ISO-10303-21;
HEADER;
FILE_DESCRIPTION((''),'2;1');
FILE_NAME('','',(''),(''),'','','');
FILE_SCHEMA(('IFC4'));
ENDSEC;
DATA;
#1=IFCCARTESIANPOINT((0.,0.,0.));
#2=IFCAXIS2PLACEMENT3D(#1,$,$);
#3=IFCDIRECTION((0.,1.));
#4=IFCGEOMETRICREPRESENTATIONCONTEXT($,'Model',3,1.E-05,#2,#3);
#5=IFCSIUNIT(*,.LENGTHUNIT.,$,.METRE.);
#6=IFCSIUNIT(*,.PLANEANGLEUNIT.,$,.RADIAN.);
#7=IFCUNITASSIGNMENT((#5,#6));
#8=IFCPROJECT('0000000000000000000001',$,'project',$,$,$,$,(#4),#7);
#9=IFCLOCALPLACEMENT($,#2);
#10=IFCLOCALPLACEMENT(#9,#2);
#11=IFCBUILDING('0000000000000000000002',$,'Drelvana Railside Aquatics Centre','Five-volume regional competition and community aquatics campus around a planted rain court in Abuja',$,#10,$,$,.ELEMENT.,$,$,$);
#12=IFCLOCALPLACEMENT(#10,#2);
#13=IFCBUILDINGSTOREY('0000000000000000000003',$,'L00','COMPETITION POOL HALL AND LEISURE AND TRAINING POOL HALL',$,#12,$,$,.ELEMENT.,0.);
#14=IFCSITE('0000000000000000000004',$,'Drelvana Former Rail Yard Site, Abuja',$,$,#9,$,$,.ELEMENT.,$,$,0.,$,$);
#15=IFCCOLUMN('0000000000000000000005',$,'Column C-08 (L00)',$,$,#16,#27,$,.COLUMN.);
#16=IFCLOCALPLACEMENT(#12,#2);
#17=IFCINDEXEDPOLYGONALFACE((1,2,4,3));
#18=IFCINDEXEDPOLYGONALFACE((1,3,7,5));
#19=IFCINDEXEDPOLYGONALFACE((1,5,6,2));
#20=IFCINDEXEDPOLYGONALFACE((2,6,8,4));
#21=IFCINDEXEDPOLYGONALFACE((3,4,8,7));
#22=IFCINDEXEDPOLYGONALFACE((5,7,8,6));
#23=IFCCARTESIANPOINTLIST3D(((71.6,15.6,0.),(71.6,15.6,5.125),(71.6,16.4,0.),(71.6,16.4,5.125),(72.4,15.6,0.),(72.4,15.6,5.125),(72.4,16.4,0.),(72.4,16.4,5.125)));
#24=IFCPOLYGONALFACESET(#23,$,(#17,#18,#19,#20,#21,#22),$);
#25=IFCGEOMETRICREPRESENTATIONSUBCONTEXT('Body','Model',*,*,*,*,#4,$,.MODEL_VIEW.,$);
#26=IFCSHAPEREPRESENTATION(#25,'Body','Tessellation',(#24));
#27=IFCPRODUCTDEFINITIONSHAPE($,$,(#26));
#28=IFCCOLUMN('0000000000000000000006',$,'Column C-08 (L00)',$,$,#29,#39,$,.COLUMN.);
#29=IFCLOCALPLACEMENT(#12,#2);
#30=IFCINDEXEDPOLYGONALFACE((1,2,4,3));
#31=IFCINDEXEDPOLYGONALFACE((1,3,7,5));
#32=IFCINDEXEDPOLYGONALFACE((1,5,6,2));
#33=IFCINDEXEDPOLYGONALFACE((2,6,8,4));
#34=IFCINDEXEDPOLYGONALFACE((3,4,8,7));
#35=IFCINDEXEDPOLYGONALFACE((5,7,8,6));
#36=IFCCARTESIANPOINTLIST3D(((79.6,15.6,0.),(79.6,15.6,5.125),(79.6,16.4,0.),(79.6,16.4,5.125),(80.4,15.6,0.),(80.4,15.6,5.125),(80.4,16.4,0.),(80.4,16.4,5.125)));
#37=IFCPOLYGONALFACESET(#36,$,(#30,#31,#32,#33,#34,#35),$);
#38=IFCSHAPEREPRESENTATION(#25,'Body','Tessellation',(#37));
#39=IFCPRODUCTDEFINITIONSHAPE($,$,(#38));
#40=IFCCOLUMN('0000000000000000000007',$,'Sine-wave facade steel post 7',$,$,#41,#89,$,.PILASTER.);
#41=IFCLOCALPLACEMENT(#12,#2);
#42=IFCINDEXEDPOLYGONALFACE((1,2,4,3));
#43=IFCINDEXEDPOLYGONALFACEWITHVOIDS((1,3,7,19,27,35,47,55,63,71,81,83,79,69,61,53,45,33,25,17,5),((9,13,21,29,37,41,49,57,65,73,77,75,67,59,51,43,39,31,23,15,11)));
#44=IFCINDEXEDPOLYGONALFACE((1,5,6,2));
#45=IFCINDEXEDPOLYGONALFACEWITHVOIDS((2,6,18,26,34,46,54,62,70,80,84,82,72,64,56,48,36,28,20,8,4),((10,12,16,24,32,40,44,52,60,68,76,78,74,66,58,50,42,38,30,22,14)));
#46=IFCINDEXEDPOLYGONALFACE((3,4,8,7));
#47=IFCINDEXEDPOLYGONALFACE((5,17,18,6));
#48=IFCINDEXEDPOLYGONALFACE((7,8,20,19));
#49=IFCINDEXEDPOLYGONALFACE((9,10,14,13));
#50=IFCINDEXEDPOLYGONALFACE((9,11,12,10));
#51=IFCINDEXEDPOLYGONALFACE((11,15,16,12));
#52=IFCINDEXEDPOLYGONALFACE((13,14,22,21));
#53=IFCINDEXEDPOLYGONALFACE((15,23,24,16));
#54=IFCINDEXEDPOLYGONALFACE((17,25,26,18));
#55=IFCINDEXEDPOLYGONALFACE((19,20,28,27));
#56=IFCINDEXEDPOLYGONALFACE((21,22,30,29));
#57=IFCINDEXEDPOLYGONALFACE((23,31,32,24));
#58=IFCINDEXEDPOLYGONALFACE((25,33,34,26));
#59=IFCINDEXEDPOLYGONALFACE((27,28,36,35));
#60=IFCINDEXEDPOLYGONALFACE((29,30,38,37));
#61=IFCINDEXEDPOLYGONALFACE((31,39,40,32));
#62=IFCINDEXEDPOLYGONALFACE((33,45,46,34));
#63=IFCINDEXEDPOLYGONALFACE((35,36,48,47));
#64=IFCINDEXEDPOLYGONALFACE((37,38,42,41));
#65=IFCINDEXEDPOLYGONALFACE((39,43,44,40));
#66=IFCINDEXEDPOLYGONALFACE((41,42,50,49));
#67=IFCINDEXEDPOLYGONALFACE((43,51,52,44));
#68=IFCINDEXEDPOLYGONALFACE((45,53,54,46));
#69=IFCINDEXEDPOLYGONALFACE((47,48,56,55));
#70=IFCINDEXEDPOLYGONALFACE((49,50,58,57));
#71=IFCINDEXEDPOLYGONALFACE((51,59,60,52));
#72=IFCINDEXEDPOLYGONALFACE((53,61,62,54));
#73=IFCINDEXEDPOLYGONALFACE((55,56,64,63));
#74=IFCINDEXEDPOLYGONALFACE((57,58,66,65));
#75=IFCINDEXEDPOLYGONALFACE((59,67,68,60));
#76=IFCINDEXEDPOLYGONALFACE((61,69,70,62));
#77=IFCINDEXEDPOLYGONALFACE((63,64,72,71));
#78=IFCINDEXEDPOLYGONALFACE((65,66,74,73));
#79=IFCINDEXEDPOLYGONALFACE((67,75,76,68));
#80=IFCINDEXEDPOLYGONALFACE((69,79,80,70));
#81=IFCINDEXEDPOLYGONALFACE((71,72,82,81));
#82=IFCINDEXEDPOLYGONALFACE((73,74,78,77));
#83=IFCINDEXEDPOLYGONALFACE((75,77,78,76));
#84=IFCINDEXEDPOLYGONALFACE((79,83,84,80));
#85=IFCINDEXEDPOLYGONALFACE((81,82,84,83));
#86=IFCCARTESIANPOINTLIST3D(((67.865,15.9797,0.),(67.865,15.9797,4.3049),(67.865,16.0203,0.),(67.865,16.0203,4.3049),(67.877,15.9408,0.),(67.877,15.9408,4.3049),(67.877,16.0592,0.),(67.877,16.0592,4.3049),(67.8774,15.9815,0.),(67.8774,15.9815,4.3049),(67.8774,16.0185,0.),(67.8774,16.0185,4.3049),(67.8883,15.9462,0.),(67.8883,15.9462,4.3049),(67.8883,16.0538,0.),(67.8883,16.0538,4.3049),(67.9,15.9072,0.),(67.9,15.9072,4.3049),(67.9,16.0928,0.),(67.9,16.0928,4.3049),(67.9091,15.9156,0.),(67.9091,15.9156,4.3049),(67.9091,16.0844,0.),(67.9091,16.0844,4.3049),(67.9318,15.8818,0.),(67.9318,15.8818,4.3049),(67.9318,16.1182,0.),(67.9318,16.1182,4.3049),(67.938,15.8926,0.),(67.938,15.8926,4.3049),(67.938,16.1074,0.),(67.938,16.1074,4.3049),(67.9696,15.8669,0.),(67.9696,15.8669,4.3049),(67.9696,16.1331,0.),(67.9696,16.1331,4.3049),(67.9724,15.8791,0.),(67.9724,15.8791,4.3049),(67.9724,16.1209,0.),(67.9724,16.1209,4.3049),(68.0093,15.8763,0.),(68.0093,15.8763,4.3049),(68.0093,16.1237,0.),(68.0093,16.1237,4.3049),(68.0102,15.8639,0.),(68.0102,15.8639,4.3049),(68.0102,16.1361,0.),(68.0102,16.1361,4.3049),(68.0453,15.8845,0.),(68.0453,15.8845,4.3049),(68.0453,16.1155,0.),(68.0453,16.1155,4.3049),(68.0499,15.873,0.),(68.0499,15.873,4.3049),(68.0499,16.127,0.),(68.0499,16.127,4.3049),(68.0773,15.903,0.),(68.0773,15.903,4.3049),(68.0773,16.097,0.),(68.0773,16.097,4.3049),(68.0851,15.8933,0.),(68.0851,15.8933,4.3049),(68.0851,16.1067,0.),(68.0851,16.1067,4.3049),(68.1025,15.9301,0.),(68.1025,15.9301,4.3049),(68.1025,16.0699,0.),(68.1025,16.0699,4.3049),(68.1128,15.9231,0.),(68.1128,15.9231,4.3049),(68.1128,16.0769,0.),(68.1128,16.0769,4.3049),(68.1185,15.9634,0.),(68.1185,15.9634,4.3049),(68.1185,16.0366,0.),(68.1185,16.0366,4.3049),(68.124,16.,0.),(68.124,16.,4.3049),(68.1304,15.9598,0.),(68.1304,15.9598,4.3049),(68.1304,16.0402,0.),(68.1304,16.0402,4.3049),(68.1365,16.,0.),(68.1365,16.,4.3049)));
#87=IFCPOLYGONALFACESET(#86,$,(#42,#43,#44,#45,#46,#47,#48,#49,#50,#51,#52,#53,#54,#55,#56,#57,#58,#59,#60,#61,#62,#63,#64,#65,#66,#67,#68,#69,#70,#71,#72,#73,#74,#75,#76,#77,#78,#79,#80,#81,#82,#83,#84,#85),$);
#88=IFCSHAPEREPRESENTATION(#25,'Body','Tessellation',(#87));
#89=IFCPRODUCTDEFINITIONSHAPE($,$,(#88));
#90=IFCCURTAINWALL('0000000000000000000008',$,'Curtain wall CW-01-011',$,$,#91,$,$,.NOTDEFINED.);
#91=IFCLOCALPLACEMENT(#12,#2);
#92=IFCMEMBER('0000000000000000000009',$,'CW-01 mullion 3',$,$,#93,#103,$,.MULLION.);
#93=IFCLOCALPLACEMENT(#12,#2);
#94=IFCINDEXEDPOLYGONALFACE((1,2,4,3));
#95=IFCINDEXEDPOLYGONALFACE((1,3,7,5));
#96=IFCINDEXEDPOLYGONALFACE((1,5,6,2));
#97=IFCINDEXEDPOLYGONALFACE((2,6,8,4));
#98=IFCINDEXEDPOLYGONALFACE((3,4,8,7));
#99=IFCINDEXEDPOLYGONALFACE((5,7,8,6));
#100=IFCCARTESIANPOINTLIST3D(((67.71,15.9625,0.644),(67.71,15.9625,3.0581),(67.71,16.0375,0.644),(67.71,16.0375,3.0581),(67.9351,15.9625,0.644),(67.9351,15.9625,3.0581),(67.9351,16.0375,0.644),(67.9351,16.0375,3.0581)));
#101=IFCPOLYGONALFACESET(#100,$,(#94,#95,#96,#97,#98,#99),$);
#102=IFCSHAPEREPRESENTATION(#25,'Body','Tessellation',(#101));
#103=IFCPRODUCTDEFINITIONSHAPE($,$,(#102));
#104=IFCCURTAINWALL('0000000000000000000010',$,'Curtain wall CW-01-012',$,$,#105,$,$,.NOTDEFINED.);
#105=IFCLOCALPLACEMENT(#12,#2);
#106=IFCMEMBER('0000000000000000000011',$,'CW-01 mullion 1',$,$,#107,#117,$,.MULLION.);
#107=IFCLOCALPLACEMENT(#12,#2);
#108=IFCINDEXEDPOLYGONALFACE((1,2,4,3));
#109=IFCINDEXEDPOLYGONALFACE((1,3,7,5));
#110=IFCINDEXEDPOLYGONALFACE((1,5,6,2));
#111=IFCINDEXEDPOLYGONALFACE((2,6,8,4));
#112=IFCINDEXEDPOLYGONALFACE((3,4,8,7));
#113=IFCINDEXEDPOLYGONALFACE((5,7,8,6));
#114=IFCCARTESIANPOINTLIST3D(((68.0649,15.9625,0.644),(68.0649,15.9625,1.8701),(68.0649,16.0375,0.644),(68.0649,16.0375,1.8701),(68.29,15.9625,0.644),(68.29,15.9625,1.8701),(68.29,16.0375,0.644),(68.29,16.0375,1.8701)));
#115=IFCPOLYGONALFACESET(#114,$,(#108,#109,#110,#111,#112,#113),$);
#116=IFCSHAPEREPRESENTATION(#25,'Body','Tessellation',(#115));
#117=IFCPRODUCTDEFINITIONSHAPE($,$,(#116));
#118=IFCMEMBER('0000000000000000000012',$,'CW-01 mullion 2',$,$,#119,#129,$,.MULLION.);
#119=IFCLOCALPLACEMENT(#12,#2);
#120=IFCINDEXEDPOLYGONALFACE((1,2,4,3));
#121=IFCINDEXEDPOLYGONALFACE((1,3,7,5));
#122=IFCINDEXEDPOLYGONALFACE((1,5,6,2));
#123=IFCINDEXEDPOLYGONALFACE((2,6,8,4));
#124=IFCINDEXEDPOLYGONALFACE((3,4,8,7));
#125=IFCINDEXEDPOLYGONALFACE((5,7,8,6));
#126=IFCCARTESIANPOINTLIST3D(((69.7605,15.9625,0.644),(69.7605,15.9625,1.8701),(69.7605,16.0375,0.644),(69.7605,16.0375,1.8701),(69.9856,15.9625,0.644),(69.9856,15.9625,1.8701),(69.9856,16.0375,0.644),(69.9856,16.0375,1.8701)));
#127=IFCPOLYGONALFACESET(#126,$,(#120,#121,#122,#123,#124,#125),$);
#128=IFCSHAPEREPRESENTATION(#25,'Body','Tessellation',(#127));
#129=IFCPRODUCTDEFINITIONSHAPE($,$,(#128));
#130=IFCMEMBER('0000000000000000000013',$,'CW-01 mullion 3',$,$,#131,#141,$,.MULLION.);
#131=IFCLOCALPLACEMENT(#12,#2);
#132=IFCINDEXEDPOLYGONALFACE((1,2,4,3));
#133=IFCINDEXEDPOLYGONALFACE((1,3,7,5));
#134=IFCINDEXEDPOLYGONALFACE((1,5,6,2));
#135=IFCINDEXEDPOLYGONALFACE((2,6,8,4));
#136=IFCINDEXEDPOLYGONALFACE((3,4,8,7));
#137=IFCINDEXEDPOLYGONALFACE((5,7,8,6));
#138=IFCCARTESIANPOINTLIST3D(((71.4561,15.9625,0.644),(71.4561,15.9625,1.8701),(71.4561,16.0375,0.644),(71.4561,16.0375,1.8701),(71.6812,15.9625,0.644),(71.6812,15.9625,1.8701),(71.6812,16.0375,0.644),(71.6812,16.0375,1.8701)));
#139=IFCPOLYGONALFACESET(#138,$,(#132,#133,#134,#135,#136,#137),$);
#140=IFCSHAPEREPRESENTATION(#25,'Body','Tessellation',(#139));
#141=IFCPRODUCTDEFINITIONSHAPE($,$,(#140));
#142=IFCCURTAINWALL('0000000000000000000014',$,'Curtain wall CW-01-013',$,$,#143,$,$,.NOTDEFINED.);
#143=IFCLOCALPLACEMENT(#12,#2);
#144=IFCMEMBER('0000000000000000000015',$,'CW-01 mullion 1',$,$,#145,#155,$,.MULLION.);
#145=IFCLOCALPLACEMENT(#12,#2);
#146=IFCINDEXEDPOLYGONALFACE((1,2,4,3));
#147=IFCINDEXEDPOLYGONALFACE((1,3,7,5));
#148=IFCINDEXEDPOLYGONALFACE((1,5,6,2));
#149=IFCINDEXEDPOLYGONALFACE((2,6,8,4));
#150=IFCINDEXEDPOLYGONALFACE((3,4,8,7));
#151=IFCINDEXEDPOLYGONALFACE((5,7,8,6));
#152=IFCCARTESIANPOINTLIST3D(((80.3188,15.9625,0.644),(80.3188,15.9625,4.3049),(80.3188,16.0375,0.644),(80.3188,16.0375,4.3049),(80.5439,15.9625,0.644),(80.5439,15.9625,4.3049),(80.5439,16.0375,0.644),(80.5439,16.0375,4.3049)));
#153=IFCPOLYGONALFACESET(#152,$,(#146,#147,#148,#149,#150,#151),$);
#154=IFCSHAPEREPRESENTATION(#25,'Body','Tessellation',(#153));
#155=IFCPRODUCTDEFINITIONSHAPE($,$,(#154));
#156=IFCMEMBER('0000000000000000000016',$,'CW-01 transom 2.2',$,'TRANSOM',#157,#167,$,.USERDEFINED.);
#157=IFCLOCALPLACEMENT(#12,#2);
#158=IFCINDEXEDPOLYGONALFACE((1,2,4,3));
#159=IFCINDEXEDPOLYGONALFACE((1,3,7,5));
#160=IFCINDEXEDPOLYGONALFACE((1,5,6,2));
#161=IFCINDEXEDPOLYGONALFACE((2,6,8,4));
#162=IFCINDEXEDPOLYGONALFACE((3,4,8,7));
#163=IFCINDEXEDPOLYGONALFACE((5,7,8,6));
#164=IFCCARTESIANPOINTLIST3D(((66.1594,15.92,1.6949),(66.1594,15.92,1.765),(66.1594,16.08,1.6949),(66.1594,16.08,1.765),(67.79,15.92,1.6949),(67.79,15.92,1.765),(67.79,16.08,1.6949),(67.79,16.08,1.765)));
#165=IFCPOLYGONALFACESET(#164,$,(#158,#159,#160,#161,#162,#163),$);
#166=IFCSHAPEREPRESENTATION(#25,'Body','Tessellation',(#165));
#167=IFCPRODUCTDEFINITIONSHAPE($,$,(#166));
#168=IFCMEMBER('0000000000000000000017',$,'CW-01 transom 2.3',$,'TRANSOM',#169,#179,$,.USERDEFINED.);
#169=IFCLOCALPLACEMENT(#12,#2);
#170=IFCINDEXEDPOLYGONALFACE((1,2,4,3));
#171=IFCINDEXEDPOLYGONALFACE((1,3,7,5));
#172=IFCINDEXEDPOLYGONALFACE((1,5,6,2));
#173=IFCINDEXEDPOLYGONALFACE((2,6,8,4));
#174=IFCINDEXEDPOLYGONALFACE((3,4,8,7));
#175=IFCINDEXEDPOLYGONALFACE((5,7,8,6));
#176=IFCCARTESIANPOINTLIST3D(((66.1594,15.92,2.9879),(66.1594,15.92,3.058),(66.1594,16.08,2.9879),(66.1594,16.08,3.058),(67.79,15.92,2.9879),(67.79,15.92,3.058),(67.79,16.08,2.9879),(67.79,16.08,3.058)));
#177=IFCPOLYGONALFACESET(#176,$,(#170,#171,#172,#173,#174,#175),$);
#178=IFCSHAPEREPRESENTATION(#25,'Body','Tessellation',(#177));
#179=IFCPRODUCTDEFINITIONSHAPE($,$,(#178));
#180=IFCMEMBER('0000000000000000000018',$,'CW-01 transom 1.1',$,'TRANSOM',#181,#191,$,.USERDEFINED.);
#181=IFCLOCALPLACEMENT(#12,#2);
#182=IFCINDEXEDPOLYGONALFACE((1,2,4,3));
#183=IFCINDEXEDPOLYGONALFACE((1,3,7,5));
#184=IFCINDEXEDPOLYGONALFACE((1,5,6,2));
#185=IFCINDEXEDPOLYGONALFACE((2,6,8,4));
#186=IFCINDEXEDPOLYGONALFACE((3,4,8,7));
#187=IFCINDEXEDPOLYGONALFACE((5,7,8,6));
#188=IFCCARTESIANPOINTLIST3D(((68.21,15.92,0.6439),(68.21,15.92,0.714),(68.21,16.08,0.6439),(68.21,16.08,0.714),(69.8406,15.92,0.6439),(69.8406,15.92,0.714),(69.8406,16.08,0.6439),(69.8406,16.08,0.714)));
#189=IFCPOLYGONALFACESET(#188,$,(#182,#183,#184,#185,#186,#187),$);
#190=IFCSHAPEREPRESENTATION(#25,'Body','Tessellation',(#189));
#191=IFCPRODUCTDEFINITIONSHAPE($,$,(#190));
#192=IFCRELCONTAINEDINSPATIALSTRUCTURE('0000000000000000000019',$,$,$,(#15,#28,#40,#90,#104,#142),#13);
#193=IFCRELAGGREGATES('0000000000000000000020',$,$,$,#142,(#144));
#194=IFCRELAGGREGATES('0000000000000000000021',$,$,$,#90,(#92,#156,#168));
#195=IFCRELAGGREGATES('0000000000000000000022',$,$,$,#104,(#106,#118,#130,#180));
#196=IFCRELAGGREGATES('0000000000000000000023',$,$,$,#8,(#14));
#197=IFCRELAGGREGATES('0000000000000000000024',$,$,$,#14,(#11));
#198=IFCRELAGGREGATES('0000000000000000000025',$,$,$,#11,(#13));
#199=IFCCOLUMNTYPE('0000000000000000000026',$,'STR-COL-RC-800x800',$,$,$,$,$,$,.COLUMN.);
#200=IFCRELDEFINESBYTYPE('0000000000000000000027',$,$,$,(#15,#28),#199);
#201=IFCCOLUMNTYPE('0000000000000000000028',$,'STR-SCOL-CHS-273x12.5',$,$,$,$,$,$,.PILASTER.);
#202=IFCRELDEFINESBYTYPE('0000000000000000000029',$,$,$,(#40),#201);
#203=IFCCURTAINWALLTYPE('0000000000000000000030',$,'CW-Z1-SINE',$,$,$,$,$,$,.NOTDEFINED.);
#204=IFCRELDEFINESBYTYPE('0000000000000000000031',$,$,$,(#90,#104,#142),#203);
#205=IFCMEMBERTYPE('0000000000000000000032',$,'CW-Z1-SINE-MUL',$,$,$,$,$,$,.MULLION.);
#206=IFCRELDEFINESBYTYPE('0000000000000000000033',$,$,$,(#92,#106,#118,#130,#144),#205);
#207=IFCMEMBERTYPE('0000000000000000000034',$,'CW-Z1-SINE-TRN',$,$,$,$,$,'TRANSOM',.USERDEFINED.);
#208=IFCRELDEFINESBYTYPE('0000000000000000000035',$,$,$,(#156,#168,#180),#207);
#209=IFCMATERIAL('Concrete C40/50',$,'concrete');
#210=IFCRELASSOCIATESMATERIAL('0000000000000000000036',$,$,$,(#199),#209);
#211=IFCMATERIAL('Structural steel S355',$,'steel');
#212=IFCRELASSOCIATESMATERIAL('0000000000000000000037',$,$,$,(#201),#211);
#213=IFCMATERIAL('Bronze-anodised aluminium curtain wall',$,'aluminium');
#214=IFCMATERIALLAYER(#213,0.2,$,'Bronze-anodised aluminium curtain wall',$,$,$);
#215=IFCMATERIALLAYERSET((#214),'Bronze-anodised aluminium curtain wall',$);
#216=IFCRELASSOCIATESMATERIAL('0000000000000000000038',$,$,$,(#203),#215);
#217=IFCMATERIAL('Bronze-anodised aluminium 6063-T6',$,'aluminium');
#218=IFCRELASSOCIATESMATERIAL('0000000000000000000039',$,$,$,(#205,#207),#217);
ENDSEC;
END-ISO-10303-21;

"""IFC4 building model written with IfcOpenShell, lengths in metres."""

from ifc_helpers import new_model, si_unit, direction, frame, origin, origin_2d, place, context, subcontext, project, spatial, rectangle, hollow_circle, extrude, material, layer, layer_set, material_profile, profile_set, type_object, element, aggregate, save


model = new_model("IFC4")

# Units and contexts
model_context = context("Model", 3, precision=1e-05, world=origin(), true_north=direction((0.0, 1.0)))
body_context = subcontext(model_context, "Body", "Model", "MODEL_VIEW")
ifc_project = project(units=[si_unit("LENGTHUNIT", "METRE"), si_unit("PLANEANGLEUNIT", "RADIAN")], contexts=[model_context])

# Site, building, storey
site_placement = place(None, origin())
site = spatial("IfcSite", under=ifc_project, at=site_placement, Name="Drelvana Former Rail Yard Site, Abuja", CompositionType="ELEMENT", RefElevation=0.0)
building_placement = place(site_placement, origin())
building = spatial("IfcBuilding", under=site, at=building_placement, Name="Drelvana Railside Aquatics Centre", Description="Five-volume regional competition and community aquatics campus around a planted rain court in Abuja", CompositionType="ELEMENT")
storey_placement = place(building_placement, origin())
storey = spatial("IfcBuildingStorey", under=building, at=storey_placement, Name="L00", Description="COMPETITION POOL HALL AND LEISURE AND TRAINING POOL HALL", CompositionType="ELEMENT", Elevation=0.0)

# Columns
ifc_material_1 = material(Name="Concrete C40/50", Category="concrete")
ifc_material_profile_1 = material_profile(ifc_material_1, rectangle(XDim=0.8, YDim=0.8, at=origin_2d()), Name="RC 800x800")
ifc_profile_set_1 = profile_set([ifc_material_profile_1], Name="Concrete C40/50")
column_type_1 = type_object("IfcColumnType", Name="STR-COL-RC-800x800", PredefinedType="COLUMN", material=ifc_profile_set_1)
for number, where, z_axis, x_axis, name in (
    (1, (72.0, 16.0, 0.0), (0.0, 0.0, 1.0), (1.0, 0.0, 0.0), "Column C-08 (L00)"),
    (2, (80.0, 16.0, 0.0), (0.0, 0.0, 1.0), (1.0, 0.0, 0.0), "Column C-08 (L00)"),
):
    element("IfcColumn", number, at=place(storey_placement, frame(where, z_axis=z_axis, x_axis=x_axis)), inside=storey, type_object=column_type_1, Name=name, PredefinedType="COLUMN", context=body_context, shape_type="SweptSolid", body=[
        extrude(rectangle(XDim=0.8, YDim=0.8, at=origin_2d()), origin(), (0.0, 0.0, 1.0), 5.125),
    ])
ifc_material_2 = material(Name="Structural steel S355", Category="steel")
ifc_material_profile_2 = material_profile(ifc_material_2, hollow_circle(Radius=0.1365, WallThickness=0.0125, at=origin_2d()), Name="CHS 273x12.5")
ifc_profile_set_2 = profile_set([ifc_material_profile_2], Name="Structural steel S355")
column_type_2 = type_object("IfcColumnType", Name="STR-SCOL-CHS-273x12.5", PredefinedType="PILASTER", material=ifc_profile_set_2)
column_placement = place(storey_placement, frame((68.0, 16.0, 0.0), z_axis=(0.0, 0.0, 1.0), x_axis=(1.0, 0.0, 0.0)))
element("IfcColumn", 3, at=column_placement, inside=storey, type_object=column_type_2, Name="Sine-wave facade steel post 7", PredefinedType="PILASTER", context=body_context, shape_type="SweptSolid", body=[
    extrude(hollow_circle(Radius=0.1365, WallThickness=0.0125, at=origin_2d()), origin(), (0.0, 0.0, 1.0), 4.3049),
])

# Curtain wall, member
ifc_material_3 = material(Name="Bronze-anodised aluminium curtain wall", Category="aluminium")
ifc_layer_1 = layer(ifc_material_3, 0.2, Name="Bronze-anodised aluminium curtain wall")
ifc_layer_set_1 = layer_set([ifc_layer_1], Name="Bronze-anodised aluminium curtain wall")
curtain_wall_type = type_object("IfcCurtainWallType", Name="CW-Z1-SINE", PredefinedType="NOTDEFINED", material=ifc_layer_set_1)
curtain_wall_1_placement = place(storey_placement, origin())
curtain_wall_1 = element("IfcCurtainWall", 4, at=curtain_wall_1_placement, inside=storey, type_object=curtain_wall_type, Name="Curtain wall CW-01-011", PredefinedType="NOTDEFINED")
ifc_material_4 = material(Name="Bronze-anodised aluminium 6063-T6", Category="aluminium")
ifc_material_profile_3 = material_profile(ifc_material_4, rectangle(XDim=0.075, YDim=0.2251, at=origin_2d()), Name="ALU-M 75x225")
ifc_profile_set_3 = profile_set([ifc_material_profile_3], Name="Bronze-anodised aluminium 6063-T6")
member_type_1 = type_object("IfcMemberType", Name="CW-Z1-SINE-MUL", PredefinedType="MULLION", material=ifc_profile_set_3)
member_1_placement = place(storey_placement, frame((67.8225, 16.0, 0.644), z_axis=(0.0, 0.0, 1.0), x_axis=(0.0, 1.0, 0.0)))
member_1 = element("IfcMember", 5, at=member_1_placement, type_object=member_type_1, Name="CW-01 mullion 3", PredefinedType="MULLION", context=body_context, shape_type="SweptSolid", body=[
    extrude(rectangle(XDim=0.075, YDim=0.2251, at=origin_2d()), origin(), (0.0, 0.0, 1.0), 2.4141),
])

# Curtain wall, members
curtain_wall_2_placement = place(storey_placement, origin())
curtain_wall_2 = element("IfcCurtainWall", 6, at=curtain_wall_2_placement, inside=storey, type_object=curtain_wall_type, Name="Curtain wall CW-01-012", PredefinedType="NOTDEFINED")
member_2_placement = place(storey_placement, frame((68.1775, 16.0, 0.644), z_axis=(0.0, 0.0, 1.0), x_axis=(0.0, 1.0, 0.0)))
member_2 = element("IfcMember", 7, at=member_2_placement, type_object=member_type_1, Name="CW-01 mullion 1", PredefinedType="MULLION", context=body_context, shape_type="SweptSolid", body=[
    extrude(rectangle(XDim=0.075, YDim=0.2251, at=origin_2d()), origin(), (0.0, 0.0, 1.0), 1.2261),
])
member_3_placement = place(storey_placement, frame((69.873, 16.0, 0.644), z_axis=(0.0, 0.0, 1.0), x_axis=(0.0, 1.0, 0.0)))
member_3 = element("IfcMember", 8, at=member_3_placement, type_object=member_type_1, Name="CW-01 mullion 2", PredefinedType="MULLION", context=body_context, shape_type="SweptSolid", body=[
    extrude(rectangle(XDim=0.075, YDim=0.2251, at=origin_2d()), origin(), (0.0, 0.0, 1.0), 1.2261),
])
member_4_placement = place(storey_placement, frame((71.5686, 16.0, 0.644), z_axis=(0.0, 0.0, 1.0), x_axis=(0.0, 1.0, 0.0)))
member_4 = element("IfcMember", 9, at=member_4_placement, type_object=member_type_1, Name="CW-01 mullion 3", PredefinedType="MULLION", context=body_context, shape_type="SweptSolid", body=[
    extrude(rectangle(XDim=0.075, YDim=0.2251, at=origin_2d()), origin(), (0.0, 0.0, 1.0), 1.2261),
])

# Curtain wall, member
curtain_wall_3_placement = place(storey_placement, origin())
curtain_wall_3 = element("IfcCurtainWall", 10, at=curtain_wall_3_placement, inside=storey, type_object=curtain_wall_type, Name="Curtain wall CW-01-013", PredefinedType="NOTDEFINED")
member_5_placement = place(storey_placement, frame((80.4314, 16.0, 0.644), z_axis=(0.0, 0.0, 1.0), x_axis=(0.0, 1.0, 0.0)))
member_5 = element("IfcMember", 11, at=member_5_placement, type_object=member_type_1, Name="CW-01 mullion 1", PredefinedType="MULLION", context=body_context, shape_type="SweptSolid", body=[
    extrude(rectangle(XDim=0.075, YDim=0.2251, at=origin_2d()), origin(), (0.0, 0.0, 1.0), 3.6609),
])

# Members
ifc_material_profile_4 = material_profile(ifc_material_4, rectangle(XDim=0.1599, YDim=0.0701, at=origin_2d()), Name="ALU-T 70x160")
ifc_profile_set_4 = profile_set([ifc_material_profile_4], Name="Bronze-anodised aluminium 6063-T6")
member_type_2 = type_object("IfcMemberType", Name="CW-Z1-SINE-TRN", ElementType="TRANSOM", PredefinedType="USERDEFINED", material=ifc_profile_set_4)
member_6_placement = place(storey_placement, frame((66.1594, 16.0, 1.73), z_axis=(1.0, 0.0, 0.0), x_axis=(0.0, 1.0, 0.0)))
member_6 = element("IfcMember", 12, at=member_6_placement, type_object=member_type_2, Name="CW-01 transom 2.2", ObjectType="TRANSOM", PredefinedType="USERDEFINED", context=body_context, shape_type="SweptSolid", body=[
    extrude(rectangle(XDim=0.1599, YDim=0.0701, at=origin_2d()), origin(), (0.0, 0.0, 1.0), 1.6306),
])
member_7_placement = place(storey_placement, frame((66.1594, 16.0, 3.0229), z_axis=(1.0, 0.0, 0.0), x_axis=(0.0, 1.0, 0.0)))
member_7 = element("IfcMember", 13, at=member_7_placement, type_object=member_type_2, Name="CW-01 transom 2.3", ObjectType="TRANSOM", PredefinedType="USERDEFINED", context=body_context, shape_type="SweptSolid", body=[
    extrude(rectangle(XDim=0.1599, YDim=0.0701, at=origin_2d()), origin(), (0.0, 0.0, 1.0), 1.6306),
])
member_8_placement = place(storey_placement, frame((68.21, 16.0, 0.679), z_axis=(1.0, 0.0, 0.0), x_axis=(0.0, 1.0, 0.0)))
member_8 = element("IfcMember", 14, at=member_8_placement, type_object=member_type_2, Name="CW-01 transom 1.1", ObjectType="TRANSOM", PredefinedType="USERDEFINED", context=body_context, shape_type="SweptSolid", body=[
    extrude(rectangle(XDim=0.1599, YDim=0.0701, at=origin_2d()), origin(), (0.0, 0.0, 1.0), 1.6306),
])
aggregate(curtain_wall_3, [member_5])

aggregate(curtain_wall_1, [member_1, member_6, member_7])
aggregate(curtain_wall_2, [member_2, member_3, member_4, member_8])

save(model, "model.ifc")
